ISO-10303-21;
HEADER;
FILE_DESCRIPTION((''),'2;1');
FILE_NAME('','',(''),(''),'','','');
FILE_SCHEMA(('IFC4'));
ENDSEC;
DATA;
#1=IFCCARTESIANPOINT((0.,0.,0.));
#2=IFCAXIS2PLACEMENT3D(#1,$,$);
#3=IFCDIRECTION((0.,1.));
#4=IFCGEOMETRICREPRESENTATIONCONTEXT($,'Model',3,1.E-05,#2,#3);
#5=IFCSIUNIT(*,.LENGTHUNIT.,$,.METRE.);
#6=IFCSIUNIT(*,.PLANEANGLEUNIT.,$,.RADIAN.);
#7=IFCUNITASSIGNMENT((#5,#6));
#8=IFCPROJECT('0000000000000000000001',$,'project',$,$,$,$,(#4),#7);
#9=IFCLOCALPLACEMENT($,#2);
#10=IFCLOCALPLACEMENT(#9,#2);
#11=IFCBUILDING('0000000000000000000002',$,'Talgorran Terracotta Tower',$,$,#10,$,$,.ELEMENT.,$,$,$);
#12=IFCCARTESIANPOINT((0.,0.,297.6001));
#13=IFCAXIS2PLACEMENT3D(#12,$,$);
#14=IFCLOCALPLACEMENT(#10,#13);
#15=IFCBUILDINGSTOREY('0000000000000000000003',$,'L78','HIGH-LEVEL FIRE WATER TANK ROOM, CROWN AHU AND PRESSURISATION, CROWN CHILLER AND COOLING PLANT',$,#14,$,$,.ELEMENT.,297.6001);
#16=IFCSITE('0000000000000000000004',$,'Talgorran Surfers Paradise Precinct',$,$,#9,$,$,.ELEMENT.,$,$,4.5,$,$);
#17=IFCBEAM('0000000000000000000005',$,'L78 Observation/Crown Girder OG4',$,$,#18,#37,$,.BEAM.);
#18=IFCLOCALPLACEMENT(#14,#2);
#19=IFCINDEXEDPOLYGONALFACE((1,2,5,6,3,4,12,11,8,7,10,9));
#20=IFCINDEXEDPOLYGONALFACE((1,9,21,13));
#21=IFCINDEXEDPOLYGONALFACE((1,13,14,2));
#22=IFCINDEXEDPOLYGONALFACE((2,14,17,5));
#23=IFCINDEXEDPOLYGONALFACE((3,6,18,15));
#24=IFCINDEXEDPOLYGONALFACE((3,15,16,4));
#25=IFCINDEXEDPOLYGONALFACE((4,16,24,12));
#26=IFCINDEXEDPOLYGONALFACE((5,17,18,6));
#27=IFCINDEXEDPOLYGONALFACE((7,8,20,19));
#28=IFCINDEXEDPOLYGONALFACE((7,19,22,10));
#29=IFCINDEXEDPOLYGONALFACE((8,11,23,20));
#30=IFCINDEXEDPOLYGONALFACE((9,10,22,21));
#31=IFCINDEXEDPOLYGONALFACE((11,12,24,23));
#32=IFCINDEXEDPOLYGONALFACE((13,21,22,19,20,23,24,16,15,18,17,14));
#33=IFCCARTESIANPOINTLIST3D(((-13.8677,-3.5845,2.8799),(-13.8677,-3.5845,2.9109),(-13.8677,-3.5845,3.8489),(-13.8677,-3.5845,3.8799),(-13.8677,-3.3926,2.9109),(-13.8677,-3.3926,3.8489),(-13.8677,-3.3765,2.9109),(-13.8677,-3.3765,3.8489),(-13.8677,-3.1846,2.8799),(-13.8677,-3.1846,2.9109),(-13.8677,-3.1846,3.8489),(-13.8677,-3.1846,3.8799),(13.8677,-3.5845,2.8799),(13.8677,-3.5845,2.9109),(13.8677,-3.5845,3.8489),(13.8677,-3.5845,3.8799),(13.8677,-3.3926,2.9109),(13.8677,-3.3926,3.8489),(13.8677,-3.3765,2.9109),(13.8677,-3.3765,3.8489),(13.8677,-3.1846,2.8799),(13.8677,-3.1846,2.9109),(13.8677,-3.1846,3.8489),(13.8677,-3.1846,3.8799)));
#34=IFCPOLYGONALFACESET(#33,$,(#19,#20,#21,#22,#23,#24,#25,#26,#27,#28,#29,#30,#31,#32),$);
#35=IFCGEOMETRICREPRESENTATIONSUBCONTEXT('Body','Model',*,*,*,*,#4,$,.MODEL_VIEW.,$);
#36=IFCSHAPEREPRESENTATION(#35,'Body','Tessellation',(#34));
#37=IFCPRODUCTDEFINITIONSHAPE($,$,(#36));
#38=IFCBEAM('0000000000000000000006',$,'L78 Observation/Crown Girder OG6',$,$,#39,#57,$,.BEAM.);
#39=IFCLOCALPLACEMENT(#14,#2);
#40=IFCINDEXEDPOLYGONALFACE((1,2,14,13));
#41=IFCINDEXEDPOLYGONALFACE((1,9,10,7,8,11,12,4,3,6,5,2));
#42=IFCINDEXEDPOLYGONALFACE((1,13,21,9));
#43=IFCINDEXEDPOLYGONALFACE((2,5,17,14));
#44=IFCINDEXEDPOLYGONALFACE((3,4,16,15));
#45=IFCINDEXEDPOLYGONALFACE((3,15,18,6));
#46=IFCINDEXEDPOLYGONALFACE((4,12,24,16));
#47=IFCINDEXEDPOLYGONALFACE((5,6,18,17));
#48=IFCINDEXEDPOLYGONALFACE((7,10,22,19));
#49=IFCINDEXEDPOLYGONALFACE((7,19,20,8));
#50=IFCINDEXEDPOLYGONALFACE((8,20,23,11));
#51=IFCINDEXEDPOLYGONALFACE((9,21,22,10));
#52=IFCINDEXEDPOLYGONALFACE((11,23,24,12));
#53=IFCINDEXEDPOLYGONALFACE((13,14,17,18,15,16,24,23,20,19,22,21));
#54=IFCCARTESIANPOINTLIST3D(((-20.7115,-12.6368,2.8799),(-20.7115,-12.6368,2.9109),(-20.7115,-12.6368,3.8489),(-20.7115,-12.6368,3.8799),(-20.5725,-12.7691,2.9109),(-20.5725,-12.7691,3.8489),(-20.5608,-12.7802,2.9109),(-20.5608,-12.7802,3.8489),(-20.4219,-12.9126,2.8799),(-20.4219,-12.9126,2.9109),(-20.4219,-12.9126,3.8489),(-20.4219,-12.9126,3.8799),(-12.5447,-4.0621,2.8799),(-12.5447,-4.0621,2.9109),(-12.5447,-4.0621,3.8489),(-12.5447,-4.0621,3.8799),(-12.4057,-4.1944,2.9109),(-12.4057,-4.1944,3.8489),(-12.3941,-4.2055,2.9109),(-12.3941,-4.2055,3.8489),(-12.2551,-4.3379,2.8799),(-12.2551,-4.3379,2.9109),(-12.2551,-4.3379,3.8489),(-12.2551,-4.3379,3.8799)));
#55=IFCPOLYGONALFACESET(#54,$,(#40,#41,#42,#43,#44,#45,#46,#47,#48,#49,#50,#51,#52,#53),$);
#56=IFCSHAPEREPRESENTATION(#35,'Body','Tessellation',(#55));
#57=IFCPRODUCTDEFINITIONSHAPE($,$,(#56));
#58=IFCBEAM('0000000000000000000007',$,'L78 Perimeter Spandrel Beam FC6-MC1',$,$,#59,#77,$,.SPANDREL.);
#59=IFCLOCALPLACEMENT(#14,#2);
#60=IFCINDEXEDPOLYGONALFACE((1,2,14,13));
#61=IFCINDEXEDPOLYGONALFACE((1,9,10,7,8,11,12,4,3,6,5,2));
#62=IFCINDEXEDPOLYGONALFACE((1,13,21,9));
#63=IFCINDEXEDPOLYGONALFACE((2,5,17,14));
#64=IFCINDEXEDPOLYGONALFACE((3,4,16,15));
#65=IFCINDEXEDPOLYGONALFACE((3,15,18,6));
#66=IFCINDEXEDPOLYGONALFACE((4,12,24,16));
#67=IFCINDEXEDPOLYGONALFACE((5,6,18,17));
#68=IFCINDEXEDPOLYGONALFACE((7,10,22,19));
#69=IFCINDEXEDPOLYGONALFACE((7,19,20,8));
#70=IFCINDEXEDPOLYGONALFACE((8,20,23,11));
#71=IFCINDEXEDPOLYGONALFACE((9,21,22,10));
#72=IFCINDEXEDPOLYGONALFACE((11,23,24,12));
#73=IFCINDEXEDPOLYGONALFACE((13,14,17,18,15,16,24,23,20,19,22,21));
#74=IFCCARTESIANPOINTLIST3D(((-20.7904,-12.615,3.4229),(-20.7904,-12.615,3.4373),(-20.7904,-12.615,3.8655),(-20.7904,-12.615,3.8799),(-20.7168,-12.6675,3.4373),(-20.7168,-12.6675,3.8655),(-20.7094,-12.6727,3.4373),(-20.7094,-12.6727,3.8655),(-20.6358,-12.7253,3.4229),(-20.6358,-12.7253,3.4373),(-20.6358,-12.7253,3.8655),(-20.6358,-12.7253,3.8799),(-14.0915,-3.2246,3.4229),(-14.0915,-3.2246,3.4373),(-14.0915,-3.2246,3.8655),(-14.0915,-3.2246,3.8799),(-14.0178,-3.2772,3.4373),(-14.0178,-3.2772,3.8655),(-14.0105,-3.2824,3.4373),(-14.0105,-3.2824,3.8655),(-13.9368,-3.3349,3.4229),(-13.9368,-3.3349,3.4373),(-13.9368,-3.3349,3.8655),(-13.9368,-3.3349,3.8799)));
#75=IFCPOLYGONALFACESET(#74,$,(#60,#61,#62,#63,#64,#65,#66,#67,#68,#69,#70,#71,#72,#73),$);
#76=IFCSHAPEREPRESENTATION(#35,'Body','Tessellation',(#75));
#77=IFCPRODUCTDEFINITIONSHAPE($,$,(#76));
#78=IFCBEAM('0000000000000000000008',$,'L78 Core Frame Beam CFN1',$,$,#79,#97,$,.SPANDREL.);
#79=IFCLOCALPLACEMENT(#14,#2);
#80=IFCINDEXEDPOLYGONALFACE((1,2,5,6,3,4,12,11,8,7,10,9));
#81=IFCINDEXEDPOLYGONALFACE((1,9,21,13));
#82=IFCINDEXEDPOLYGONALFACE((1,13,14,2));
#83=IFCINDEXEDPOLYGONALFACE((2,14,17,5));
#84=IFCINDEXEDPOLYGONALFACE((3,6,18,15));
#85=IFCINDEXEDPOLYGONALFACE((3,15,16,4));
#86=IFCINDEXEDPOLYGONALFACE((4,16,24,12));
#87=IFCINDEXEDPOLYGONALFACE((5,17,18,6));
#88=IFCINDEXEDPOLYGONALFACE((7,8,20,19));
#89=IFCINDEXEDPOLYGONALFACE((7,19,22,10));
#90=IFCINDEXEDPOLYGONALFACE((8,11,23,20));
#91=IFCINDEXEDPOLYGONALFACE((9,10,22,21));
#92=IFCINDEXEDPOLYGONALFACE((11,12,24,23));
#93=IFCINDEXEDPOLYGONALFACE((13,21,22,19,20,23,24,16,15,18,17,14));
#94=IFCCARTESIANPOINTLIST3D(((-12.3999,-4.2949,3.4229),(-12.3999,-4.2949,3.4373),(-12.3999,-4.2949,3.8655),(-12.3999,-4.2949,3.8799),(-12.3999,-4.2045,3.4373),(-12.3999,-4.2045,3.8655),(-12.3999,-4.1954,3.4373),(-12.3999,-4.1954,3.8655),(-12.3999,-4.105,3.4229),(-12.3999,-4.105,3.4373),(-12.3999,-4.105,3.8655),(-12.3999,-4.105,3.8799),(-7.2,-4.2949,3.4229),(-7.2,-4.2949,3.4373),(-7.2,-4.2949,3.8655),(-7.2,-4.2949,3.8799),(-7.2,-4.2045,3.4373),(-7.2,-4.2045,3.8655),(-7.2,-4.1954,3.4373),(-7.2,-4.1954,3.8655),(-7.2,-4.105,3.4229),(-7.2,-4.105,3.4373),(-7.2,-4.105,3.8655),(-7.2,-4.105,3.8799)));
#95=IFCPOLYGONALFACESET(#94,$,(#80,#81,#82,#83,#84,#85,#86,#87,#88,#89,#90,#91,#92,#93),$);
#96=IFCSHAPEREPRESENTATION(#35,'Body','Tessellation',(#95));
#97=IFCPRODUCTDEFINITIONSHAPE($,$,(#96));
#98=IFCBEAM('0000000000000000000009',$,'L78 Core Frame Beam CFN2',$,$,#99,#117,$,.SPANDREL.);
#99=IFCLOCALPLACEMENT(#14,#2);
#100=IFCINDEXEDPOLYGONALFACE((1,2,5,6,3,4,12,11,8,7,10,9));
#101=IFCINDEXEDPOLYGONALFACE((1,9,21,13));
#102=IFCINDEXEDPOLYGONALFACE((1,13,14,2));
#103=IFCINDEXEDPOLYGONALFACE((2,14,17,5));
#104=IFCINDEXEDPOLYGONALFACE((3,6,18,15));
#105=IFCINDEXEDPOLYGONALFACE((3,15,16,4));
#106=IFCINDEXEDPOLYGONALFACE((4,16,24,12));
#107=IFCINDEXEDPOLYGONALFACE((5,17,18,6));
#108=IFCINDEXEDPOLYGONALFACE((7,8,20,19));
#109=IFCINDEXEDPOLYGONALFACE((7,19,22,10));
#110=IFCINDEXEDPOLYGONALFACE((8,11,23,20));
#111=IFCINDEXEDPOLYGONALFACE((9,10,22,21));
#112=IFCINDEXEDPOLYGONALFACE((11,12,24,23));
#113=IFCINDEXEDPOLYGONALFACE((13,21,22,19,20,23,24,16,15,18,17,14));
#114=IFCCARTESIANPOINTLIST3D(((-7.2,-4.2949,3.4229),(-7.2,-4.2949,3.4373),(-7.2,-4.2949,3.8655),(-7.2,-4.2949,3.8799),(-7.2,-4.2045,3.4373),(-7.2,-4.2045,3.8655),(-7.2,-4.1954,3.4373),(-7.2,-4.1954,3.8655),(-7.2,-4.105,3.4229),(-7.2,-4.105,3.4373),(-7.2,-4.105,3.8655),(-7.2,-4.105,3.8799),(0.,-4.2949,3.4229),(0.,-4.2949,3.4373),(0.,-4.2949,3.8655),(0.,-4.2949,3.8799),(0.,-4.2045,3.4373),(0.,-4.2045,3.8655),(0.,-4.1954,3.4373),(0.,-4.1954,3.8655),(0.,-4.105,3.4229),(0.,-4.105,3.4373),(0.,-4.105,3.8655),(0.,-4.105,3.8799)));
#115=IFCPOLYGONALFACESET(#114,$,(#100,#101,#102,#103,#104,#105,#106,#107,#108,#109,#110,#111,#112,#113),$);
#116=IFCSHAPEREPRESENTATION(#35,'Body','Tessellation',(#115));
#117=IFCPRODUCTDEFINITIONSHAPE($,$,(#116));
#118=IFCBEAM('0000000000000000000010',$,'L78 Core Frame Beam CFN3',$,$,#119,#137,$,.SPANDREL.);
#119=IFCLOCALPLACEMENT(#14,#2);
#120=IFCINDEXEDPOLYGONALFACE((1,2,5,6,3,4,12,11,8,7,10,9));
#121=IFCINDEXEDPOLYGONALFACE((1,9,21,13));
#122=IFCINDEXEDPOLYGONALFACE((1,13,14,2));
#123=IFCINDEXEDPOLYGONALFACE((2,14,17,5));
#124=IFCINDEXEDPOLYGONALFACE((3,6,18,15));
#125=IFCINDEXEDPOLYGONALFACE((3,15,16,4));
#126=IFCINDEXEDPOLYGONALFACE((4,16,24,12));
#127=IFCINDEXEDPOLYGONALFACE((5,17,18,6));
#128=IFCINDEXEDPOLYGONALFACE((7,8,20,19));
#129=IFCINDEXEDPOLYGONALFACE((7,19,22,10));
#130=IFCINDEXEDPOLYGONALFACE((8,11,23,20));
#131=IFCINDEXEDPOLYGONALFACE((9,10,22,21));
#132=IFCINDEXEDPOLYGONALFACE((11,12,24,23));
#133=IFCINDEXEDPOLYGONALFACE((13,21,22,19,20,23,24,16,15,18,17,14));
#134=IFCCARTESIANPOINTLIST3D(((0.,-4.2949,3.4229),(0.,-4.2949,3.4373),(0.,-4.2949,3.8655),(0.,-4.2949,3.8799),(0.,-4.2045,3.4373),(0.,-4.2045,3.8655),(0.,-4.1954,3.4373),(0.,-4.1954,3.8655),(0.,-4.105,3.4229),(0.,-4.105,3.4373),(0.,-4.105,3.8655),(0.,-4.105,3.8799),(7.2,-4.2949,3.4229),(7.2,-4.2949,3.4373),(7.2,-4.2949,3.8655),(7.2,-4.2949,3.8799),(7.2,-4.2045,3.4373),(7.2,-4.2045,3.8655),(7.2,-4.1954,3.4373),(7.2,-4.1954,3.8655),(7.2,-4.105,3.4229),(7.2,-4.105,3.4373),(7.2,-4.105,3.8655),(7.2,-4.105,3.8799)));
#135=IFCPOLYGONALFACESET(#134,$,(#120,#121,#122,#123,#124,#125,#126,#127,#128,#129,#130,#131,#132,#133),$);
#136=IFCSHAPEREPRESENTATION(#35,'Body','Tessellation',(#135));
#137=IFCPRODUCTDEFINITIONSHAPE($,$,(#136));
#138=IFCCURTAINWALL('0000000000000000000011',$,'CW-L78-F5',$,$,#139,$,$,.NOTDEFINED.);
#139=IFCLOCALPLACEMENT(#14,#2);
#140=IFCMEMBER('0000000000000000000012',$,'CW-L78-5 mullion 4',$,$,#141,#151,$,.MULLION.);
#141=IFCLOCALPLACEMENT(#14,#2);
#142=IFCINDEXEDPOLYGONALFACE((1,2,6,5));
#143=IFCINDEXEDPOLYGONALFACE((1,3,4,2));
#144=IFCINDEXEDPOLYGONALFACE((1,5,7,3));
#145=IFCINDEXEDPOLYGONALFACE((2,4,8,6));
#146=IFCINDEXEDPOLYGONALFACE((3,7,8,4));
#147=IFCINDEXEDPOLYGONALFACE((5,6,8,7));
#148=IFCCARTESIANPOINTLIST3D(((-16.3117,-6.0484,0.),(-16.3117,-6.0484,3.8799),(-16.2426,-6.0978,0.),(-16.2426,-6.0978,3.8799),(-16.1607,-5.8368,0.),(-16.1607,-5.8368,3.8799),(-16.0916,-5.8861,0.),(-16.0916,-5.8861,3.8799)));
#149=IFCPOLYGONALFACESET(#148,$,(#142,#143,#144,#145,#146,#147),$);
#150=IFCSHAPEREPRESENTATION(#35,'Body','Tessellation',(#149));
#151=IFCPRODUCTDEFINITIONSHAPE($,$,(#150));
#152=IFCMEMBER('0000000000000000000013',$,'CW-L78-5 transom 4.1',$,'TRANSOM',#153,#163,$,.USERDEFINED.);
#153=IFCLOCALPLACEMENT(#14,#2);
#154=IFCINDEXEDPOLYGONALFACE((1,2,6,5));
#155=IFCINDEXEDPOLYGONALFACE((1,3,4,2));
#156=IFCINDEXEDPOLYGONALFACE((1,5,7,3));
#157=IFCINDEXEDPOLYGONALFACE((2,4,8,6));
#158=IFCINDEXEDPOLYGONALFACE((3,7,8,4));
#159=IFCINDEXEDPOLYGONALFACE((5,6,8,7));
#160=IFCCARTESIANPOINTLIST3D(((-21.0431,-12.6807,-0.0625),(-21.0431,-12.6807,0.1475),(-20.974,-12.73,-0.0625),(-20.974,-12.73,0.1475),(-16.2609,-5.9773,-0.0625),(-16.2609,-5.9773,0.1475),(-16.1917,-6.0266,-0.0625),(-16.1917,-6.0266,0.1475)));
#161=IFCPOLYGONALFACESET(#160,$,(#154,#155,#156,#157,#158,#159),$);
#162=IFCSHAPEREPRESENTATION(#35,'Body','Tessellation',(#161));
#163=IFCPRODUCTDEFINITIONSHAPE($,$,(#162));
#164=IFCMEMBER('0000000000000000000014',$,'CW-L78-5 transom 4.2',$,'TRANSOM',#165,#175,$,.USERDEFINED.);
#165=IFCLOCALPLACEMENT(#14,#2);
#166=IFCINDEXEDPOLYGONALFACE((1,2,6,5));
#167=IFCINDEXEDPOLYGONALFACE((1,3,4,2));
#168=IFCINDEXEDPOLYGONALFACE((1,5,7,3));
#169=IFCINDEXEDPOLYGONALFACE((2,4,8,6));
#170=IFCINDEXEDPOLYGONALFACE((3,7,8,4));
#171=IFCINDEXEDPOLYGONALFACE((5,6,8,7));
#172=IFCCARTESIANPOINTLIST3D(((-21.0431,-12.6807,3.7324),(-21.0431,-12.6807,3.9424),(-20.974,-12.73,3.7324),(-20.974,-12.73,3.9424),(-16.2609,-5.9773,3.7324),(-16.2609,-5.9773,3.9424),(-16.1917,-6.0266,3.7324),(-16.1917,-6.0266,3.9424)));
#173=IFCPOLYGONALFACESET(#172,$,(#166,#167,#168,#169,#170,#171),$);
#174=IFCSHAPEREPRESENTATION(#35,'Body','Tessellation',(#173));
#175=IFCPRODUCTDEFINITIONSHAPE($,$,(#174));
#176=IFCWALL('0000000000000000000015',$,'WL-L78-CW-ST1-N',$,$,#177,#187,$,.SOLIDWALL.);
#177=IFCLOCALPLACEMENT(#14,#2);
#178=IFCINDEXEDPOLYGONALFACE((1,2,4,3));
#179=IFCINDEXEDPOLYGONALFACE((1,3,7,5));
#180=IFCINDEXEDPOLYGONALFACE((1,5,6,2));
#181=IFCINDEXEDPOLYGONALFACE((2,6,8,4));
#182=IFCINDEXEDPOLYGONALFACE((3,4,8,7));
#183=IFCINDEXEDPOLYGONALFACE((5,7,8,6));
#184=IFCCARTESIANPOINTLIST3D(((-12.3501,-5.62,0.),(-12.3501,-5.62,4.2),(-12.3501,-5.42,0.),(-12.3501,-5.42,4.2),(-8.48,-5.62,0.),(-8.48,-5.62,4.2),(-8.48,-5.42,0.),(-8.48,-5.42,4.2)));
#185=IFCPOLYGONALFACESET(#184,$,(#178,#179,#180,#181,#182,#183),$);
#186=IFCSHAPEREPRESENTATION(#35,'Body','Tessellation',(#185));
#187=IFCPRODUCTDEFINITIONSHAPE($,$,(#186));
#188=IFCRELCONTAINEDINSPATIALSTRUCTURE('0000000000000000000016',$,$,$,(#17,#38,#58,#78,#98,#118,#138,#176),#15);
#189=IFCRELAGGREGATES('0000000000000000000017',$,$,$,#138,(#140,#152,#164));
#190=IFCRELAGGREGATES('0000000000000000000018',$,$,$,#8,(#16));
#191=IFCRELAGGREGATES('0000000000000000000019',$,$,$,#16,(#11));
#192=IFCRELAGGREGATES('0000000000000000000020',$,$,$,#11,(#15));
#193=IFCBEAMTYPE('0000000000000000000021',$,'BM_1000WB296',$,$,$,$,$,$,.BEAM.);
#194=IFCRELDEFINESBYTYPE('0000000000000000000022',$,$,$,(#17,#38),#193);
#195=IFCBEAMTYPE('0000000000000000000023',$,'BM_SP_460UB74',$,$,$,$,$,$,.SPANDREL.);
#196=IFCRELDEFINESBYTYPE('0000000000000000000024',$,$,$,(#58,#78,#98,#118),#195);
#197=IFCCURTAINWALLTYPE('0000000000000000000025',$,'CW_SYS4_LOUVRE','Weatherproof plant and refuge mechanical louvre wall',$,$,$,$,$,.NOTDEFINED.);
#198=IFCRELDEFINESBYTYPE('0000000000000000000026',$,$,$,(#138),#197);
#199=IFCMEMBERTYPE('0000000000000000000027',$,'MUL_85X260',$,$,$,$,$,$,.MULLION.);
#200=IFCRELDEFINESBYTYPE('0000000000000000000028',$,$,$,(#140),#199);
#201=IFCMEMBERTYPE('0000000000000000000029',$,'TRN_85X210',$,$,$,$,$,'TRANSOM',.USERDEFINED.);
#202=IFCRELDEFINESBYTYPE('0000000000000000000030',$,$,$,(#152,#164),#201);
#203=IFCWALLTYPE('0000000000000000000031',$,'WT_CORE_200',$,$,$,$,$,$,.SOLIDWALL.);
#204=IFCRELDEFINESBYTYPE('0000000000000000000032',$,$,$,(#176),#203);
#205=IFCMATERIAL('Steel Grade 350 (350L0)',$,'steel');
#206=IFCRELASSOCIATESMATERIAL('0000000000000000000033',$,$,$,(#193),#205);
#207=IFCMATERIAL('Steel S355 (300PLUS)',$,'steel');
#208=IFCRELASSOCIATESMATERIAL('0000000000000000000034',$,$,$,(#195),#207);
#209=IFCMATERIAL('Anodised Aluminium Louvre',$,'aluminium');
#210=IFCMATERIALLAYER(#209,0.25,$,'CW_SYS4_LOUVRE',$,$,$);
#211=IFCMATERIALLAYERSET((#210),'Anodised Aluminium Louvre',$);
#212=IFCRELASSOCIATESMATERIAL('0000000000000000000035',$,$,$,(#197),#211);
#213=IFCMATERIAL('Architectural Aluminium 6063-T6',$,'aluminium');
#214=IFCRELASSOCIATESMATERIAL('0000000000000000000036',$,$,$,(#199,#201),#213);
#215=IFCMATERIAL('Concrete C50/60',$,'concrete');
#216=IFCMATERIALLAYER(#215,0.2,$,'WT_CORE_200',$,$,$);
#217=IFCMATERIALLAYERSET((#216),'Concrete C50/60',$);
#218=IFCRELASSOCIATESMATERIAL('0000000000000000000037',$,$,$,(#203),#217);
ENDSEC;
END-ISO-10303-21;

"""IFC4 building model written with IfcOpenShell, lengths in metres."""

from ifc_helpers import new_model, si_unit, direction, frame, frame_2d, origin, origin_2d, place, context, subcontext, project, spatial, rectangle, i_section, extrude, material, layer, layer_set, material_profile, profile_set, type_object, element, aggregate, save


model = new_model("IFC4")

# Units and contexts
model_context = context("Model", 3, precision=1e-05, world=origin(), true_north=direction((0.0, 1.0)))
body_context = subcontext(model_context, "Body", "Model", "MODEL_VIEW")
ifc_project = project(units=[si_unit("LENGTHUNIT", "METRE"), si_unit("PLANEANGLEUNIT", "RADIAN")], contexts=[model_context])

# Site, building, storey
site_placement = place(None, origin())
site = spatial("IfcSite", under=ifc_project, at=site_placement, Name="Talgorran Surfers Paradise Precinct", CompositionType="ELEMENT", RefElevation=4.5)
building_placement = place(site_placement, origin())
building = spatial("IfcBuilding", under=site, at=building_placement, Name="Talgorran Terracotta Tower", CompositionType="ELEMENT")
storey_placement = place(building_placement, frame((0.0, 0.0, 297.6001)))
storey = spatial("IfcBuildingStorey", under=building, at=storey_placement, Name="L78", Description="HIGH-LEVEL FIRE WATER TANK ROOM, CROWN AHU AND PRESSURISATION, CROWN CHILLER AND COOLING PLANT", CompositionType="ELEMENT", Elevation=297.6001)

# Shared definitions
ifc_material_1 = material(Name="Steel S355 (300PLUS)", Category="steel")

# Beams
ifc_material_2 = material(Name="Steel Grade 350 (350L0)", Category="steel")
ifc_material_profile_1 = material_profile(ifc_material_2, i_section(OverallWidth=0.3999, OverallDepth=1.0, WebThickness=0.0161, FlangeThickness=0.031, at=origin_2d()), Name="1000WB296")
ifc_profile_set_1 = profile_set([ifc_material_profile_1], Name="Steel Grade 350 (350L0)")
beam_type_1 = type_object("IfcBeamType", Name="BM_1000WB296", PredefinedType="BEAM", material=ifc_profile_set_1)
beam_1_placement = place(storey_placement, frame((-13.8677, -3.3845, 3.3799), z_axis=(1.0, 0.0, 0.0), x_axis=(0.0, 1.0, 0.0)))
element("IfcBeam", 1, at=beam_1_placement, inside=storey, type_object=beam_type_1, Name="L78 Observation/Crown Girder OG4", PredefinedType="BEAM", context=body_context, shape_type="SweptSolid", body=[
    extrude(i_section(OverallWidth=0.3999, OverallDepth=1.0, WebThickness=0.0161, FlangeThickness=0.031, at=origin_2d()), origin(), (0.0, 0.0, 1.0), 27.7354),
])
beam_2_placement = place(storey_placement, frame((-12.3999, -4.2, 3.3799), z_axis=(-0.689671, -0.724123, 0.0), x_axis=(0.724123, -0.689671, 0.0)))
element("IfcBeam", 2, at=beam_2_placement, inside=storey, type_object=beam_type_1, Name="L78 Observation/Crown Girder OG6", PredefinedType="BEAM", context=body_context, shape_type="SweptSolid", body=[
    extrude(i_section(OverallWidth=0.3999, OverallDepth=1.0, WebThickness=0.0161, FlangeThickness=0.031, at=origin_2d()), origin(), (0.0, 0.0, 1.0), 11.8416),
])
ifc_material_profile_2 = material_profile(ifc_material_1, i_section(OverallWidth=0.1899, OverallDepth=0.457, WebThickness=0.009, FlangeThickness=0.0144, at=origin_2d()), Name="460UB74.6")
ifc_profile_set_2 = profile_set([ifc_material_profile_2], Name="Steel S355 (300PLUS)")
beam_type_2 = type_object("IfcBeamType", Name="BM_SP_460UB74", PredefinedType="SPANDREL", material=ifc_profile_set_2)
beam_3_placement = place(storey_placement, frame((-14.0142, -3.2798, 3.6514), z_axis=(-0.580754, -0.814079, 0.0), x_axis=(0.814079, -0.580754, 0.0)))
element("IfcBeam", 3, at=beam_3_placement, inside=storey, type_object=beam_type_2, Name="L78 Perimeter Spandrel Beam FC6-MC1", PredefinedType="SPANDREL", context=body_context, shape_type="SweptSolid", body=[
    extrude(i_section(OverallWidth=0.1899, OverallDepth=0.457, WebThickness=0.009, FlangeThickness=0.0144, at=origin_2d()), origin(), (0.0, 0.0, 1.0), 11.5349),
])
beam_4_placement = place(storey_placement, frame((-12.3999, -4.2, 3.6514), z_axis=(1.0, 0.0, 0.0), x_axis=(0.0, 1.0, 0.0)))
element("IfcBeam", 4, at=beam_4_placement, inside=storey, type_object=beam_type_2, Name="L78 Core Frame Beam CFN1", PredefinedType="SPANDREL", context=body_context, shape_type="SweptSolid", body=[
    extrude(i_section(OverallWidth=0.1899, OverallDepth=0.457, WebThickness=0.009, FlangeThickness=0.0144, at=origin_2d()), origin(), (0.0, 0.0, 1.0), 5.2),
])
for number, where, z_axis, x_axis, name in (
    (5, (-7.2, -4.2, 3.6514), (1.0, 0.0, 0.0), (0.0, 1.0, 0.0), "L78 Core Frame Beam CFN2"),
    (6, (0.0, -4.2, 3.6514), (1.0, 0.0, 0.0), (0.0, 1.0, 0.0), "L78 Core Frame Beam CFN3"),
):
    element("IfcBeam", number, at=place(storey_placement, frame(where, z_axis=z_axis, x_axis=x_axis)), inside=storey, type_object=beam_type_2, Name=name, PredefinedType="SPANDREL", context=body_context, shape_type="SweptSolid", body=[
        extrude(i_section(OverallWidth=0.1899, OverallDepth=0.457, WebThickness=0.009, FlangeThickness=0.0144, at=origin_2d()), origin(), (0.0, 0.0, 1.0), 7.2),
    ])

# Curtain wall, members
ifc_material_3 = material(Name="Anodised Aluminium Louvre", Category="aluminium")
ifc_layer_1 = layer(ifc_material_3, 0.25, Name="CW_SYS4_LOUVRE")
ifc_layer_set_1 = layer_set([ifc_layer_1], Name="Anodised Aluminium Louvre")
curtain_wall_type = type_object("IfcCurtainWallType", Name="CW_SYS4_LOUVRE", Description="Weatherproof plant and refuge mechanical louvre wall", PredefinedType="NOTDEFINED", material=ifc_layer_set_1)
curtain_wall_placement = place(storey_placement, origin())
curtain_wall = element("IfcCurtainWall", 7, at=curtain_wall_placement, inside=storey, type_object=curtain_wall_type, Name="CW-L78-F5", PredefinedType="NOTDEFINED")
ifc_material_4 = material(Name="Architectural Aluminium 6063-T6", Category="aluminium")
ifc_material_profile_3 = material_profile(ifc_material_4, rectangle(XDim=0.085, YDim=0.26, at=origin_2d()), Name="CWM85X260")
ifc_profile_set_3 = profile_set([ifc_material_profile_3], Name="Architectural Aluminium 6063-T6")
member_type_1 = type_object("IfcMemberType", Name="MUL_85X260", PredefinedType="MULLION", material=ifc_profile_set_3)
member_1_placement = place(storey_placement, frame((-16.2017, -5.9673, 0.0), z_axis=(0.0, 0.0, 1.0), x_axis=(0.814076, -0.580758, 0.0)))
member_1 = element("IfcMember", 8, at=member_1_placement, type_object=member_type_1, Name="CW-L78-5 mullion 4", PredefinedType="MULLION", context=body_context, shape_type="SweptSolid", body=[
    extrude(rectangle(XDim=0.085, YDim=0.26, at=origin_2d()), origin(), (0.0, 0.0, 1.0), 3.8799),
])
ifc_material_profile_4 = material_profile(ifc_material_4, rectangle(XDim=0.085, YDim=0.21, at=origin_2d()), Name="CWT85X210")
ifc_profile_set_4 = profile_set([ifc_material_profile_4], Name="Architectural Aluminium 6063-T6")
member_type_2 = type_object("IfcMemberType", Name="TRN_85X210", ElementType="TRANSOM", PredefinedType="USERDEFINED", material=ifc_profile_set_4)
member_2_placement = place(storey_placement, frame((-16.2263, -6.002, 0.0425), z_axis=(-0.580764, -0.814072, 0.0), x_axis=(0.814072, -0.580764, 0.0)))
member_2 = element("IfcMember", 9, at=member_2_placement, type_object=member_type_2, Name="CW-L78-5 transom 4.1", ObjectType="TRANSOM", PredefinedType="USERDEFINED", context=body_context, shape_type="SweptSolid", body=[
    extrude(rectangle(XDim=0.085, YDim=0.21, at=origin_2d()), origin(), (0.0, 0.0, 1.0), 8.2344),
])
member_3_placement = place(storey_placement, frame((-16.2263, -6.002, 3.8374), z_axis=(-0.580764, -0.814072, 0.0), x_axis=(0.814072, -0.580764, 0.0)))
member_3 = element("IfcMember", 10, at=member_3_placement, type_object=member_type_2, Name="CW-L78-5 transom 4.2", ObjectType="TRANSOM", PredefinedType="USERDEFINED", context=body_context, shape_type="SweptSolid", body=[
    extrude(rectangle(XDim=0.085, YDim=0.21, at=origin_2d()), origin(), (0.0, 0.0, 1.0), 8.2344),
])
aggregate(curtain_wall, [member_1, member_2, member_3])

# Wall
ifc_material_5 = material(Name="Concrete C50/60", Category="concrete")
ifc_layer_2 = layer(ifc_material_5, 0.2, Name="WT_CORE_200")
ifc_layer_set_2 = layer_set([ifc_layer_2], Name="Concrete C50/60")
wall_type_1 = type_object("IfcWallType", Name="WT_CORE_200", PredefinedType="SOLIDWALL", material=ifc_layer_set_2)
wall_1_placement = place(storey_placement, frame((-12.3501, -5.52, 0.0), z_axis=(0.0, 0.0, 1.0), x_axis=(1.0, 0.0, 0.0)))
element("IfcWall", 11, at=wall_1_placement, inside=storey, type_object=wall_type_1, Name="WL-L78-CW-ST1-N", PredefinedType="SOLIDWALL", context=body_context, shape_type="SweptSolid", body=[
    extrude(rectangle(XDim=3.8701, YDim=0.2, at=frame_2d((1.9351, 0.0))), origin(), (0.0, 0.0, 1.0), 4.2),
])

save(model, "model.ifc")
